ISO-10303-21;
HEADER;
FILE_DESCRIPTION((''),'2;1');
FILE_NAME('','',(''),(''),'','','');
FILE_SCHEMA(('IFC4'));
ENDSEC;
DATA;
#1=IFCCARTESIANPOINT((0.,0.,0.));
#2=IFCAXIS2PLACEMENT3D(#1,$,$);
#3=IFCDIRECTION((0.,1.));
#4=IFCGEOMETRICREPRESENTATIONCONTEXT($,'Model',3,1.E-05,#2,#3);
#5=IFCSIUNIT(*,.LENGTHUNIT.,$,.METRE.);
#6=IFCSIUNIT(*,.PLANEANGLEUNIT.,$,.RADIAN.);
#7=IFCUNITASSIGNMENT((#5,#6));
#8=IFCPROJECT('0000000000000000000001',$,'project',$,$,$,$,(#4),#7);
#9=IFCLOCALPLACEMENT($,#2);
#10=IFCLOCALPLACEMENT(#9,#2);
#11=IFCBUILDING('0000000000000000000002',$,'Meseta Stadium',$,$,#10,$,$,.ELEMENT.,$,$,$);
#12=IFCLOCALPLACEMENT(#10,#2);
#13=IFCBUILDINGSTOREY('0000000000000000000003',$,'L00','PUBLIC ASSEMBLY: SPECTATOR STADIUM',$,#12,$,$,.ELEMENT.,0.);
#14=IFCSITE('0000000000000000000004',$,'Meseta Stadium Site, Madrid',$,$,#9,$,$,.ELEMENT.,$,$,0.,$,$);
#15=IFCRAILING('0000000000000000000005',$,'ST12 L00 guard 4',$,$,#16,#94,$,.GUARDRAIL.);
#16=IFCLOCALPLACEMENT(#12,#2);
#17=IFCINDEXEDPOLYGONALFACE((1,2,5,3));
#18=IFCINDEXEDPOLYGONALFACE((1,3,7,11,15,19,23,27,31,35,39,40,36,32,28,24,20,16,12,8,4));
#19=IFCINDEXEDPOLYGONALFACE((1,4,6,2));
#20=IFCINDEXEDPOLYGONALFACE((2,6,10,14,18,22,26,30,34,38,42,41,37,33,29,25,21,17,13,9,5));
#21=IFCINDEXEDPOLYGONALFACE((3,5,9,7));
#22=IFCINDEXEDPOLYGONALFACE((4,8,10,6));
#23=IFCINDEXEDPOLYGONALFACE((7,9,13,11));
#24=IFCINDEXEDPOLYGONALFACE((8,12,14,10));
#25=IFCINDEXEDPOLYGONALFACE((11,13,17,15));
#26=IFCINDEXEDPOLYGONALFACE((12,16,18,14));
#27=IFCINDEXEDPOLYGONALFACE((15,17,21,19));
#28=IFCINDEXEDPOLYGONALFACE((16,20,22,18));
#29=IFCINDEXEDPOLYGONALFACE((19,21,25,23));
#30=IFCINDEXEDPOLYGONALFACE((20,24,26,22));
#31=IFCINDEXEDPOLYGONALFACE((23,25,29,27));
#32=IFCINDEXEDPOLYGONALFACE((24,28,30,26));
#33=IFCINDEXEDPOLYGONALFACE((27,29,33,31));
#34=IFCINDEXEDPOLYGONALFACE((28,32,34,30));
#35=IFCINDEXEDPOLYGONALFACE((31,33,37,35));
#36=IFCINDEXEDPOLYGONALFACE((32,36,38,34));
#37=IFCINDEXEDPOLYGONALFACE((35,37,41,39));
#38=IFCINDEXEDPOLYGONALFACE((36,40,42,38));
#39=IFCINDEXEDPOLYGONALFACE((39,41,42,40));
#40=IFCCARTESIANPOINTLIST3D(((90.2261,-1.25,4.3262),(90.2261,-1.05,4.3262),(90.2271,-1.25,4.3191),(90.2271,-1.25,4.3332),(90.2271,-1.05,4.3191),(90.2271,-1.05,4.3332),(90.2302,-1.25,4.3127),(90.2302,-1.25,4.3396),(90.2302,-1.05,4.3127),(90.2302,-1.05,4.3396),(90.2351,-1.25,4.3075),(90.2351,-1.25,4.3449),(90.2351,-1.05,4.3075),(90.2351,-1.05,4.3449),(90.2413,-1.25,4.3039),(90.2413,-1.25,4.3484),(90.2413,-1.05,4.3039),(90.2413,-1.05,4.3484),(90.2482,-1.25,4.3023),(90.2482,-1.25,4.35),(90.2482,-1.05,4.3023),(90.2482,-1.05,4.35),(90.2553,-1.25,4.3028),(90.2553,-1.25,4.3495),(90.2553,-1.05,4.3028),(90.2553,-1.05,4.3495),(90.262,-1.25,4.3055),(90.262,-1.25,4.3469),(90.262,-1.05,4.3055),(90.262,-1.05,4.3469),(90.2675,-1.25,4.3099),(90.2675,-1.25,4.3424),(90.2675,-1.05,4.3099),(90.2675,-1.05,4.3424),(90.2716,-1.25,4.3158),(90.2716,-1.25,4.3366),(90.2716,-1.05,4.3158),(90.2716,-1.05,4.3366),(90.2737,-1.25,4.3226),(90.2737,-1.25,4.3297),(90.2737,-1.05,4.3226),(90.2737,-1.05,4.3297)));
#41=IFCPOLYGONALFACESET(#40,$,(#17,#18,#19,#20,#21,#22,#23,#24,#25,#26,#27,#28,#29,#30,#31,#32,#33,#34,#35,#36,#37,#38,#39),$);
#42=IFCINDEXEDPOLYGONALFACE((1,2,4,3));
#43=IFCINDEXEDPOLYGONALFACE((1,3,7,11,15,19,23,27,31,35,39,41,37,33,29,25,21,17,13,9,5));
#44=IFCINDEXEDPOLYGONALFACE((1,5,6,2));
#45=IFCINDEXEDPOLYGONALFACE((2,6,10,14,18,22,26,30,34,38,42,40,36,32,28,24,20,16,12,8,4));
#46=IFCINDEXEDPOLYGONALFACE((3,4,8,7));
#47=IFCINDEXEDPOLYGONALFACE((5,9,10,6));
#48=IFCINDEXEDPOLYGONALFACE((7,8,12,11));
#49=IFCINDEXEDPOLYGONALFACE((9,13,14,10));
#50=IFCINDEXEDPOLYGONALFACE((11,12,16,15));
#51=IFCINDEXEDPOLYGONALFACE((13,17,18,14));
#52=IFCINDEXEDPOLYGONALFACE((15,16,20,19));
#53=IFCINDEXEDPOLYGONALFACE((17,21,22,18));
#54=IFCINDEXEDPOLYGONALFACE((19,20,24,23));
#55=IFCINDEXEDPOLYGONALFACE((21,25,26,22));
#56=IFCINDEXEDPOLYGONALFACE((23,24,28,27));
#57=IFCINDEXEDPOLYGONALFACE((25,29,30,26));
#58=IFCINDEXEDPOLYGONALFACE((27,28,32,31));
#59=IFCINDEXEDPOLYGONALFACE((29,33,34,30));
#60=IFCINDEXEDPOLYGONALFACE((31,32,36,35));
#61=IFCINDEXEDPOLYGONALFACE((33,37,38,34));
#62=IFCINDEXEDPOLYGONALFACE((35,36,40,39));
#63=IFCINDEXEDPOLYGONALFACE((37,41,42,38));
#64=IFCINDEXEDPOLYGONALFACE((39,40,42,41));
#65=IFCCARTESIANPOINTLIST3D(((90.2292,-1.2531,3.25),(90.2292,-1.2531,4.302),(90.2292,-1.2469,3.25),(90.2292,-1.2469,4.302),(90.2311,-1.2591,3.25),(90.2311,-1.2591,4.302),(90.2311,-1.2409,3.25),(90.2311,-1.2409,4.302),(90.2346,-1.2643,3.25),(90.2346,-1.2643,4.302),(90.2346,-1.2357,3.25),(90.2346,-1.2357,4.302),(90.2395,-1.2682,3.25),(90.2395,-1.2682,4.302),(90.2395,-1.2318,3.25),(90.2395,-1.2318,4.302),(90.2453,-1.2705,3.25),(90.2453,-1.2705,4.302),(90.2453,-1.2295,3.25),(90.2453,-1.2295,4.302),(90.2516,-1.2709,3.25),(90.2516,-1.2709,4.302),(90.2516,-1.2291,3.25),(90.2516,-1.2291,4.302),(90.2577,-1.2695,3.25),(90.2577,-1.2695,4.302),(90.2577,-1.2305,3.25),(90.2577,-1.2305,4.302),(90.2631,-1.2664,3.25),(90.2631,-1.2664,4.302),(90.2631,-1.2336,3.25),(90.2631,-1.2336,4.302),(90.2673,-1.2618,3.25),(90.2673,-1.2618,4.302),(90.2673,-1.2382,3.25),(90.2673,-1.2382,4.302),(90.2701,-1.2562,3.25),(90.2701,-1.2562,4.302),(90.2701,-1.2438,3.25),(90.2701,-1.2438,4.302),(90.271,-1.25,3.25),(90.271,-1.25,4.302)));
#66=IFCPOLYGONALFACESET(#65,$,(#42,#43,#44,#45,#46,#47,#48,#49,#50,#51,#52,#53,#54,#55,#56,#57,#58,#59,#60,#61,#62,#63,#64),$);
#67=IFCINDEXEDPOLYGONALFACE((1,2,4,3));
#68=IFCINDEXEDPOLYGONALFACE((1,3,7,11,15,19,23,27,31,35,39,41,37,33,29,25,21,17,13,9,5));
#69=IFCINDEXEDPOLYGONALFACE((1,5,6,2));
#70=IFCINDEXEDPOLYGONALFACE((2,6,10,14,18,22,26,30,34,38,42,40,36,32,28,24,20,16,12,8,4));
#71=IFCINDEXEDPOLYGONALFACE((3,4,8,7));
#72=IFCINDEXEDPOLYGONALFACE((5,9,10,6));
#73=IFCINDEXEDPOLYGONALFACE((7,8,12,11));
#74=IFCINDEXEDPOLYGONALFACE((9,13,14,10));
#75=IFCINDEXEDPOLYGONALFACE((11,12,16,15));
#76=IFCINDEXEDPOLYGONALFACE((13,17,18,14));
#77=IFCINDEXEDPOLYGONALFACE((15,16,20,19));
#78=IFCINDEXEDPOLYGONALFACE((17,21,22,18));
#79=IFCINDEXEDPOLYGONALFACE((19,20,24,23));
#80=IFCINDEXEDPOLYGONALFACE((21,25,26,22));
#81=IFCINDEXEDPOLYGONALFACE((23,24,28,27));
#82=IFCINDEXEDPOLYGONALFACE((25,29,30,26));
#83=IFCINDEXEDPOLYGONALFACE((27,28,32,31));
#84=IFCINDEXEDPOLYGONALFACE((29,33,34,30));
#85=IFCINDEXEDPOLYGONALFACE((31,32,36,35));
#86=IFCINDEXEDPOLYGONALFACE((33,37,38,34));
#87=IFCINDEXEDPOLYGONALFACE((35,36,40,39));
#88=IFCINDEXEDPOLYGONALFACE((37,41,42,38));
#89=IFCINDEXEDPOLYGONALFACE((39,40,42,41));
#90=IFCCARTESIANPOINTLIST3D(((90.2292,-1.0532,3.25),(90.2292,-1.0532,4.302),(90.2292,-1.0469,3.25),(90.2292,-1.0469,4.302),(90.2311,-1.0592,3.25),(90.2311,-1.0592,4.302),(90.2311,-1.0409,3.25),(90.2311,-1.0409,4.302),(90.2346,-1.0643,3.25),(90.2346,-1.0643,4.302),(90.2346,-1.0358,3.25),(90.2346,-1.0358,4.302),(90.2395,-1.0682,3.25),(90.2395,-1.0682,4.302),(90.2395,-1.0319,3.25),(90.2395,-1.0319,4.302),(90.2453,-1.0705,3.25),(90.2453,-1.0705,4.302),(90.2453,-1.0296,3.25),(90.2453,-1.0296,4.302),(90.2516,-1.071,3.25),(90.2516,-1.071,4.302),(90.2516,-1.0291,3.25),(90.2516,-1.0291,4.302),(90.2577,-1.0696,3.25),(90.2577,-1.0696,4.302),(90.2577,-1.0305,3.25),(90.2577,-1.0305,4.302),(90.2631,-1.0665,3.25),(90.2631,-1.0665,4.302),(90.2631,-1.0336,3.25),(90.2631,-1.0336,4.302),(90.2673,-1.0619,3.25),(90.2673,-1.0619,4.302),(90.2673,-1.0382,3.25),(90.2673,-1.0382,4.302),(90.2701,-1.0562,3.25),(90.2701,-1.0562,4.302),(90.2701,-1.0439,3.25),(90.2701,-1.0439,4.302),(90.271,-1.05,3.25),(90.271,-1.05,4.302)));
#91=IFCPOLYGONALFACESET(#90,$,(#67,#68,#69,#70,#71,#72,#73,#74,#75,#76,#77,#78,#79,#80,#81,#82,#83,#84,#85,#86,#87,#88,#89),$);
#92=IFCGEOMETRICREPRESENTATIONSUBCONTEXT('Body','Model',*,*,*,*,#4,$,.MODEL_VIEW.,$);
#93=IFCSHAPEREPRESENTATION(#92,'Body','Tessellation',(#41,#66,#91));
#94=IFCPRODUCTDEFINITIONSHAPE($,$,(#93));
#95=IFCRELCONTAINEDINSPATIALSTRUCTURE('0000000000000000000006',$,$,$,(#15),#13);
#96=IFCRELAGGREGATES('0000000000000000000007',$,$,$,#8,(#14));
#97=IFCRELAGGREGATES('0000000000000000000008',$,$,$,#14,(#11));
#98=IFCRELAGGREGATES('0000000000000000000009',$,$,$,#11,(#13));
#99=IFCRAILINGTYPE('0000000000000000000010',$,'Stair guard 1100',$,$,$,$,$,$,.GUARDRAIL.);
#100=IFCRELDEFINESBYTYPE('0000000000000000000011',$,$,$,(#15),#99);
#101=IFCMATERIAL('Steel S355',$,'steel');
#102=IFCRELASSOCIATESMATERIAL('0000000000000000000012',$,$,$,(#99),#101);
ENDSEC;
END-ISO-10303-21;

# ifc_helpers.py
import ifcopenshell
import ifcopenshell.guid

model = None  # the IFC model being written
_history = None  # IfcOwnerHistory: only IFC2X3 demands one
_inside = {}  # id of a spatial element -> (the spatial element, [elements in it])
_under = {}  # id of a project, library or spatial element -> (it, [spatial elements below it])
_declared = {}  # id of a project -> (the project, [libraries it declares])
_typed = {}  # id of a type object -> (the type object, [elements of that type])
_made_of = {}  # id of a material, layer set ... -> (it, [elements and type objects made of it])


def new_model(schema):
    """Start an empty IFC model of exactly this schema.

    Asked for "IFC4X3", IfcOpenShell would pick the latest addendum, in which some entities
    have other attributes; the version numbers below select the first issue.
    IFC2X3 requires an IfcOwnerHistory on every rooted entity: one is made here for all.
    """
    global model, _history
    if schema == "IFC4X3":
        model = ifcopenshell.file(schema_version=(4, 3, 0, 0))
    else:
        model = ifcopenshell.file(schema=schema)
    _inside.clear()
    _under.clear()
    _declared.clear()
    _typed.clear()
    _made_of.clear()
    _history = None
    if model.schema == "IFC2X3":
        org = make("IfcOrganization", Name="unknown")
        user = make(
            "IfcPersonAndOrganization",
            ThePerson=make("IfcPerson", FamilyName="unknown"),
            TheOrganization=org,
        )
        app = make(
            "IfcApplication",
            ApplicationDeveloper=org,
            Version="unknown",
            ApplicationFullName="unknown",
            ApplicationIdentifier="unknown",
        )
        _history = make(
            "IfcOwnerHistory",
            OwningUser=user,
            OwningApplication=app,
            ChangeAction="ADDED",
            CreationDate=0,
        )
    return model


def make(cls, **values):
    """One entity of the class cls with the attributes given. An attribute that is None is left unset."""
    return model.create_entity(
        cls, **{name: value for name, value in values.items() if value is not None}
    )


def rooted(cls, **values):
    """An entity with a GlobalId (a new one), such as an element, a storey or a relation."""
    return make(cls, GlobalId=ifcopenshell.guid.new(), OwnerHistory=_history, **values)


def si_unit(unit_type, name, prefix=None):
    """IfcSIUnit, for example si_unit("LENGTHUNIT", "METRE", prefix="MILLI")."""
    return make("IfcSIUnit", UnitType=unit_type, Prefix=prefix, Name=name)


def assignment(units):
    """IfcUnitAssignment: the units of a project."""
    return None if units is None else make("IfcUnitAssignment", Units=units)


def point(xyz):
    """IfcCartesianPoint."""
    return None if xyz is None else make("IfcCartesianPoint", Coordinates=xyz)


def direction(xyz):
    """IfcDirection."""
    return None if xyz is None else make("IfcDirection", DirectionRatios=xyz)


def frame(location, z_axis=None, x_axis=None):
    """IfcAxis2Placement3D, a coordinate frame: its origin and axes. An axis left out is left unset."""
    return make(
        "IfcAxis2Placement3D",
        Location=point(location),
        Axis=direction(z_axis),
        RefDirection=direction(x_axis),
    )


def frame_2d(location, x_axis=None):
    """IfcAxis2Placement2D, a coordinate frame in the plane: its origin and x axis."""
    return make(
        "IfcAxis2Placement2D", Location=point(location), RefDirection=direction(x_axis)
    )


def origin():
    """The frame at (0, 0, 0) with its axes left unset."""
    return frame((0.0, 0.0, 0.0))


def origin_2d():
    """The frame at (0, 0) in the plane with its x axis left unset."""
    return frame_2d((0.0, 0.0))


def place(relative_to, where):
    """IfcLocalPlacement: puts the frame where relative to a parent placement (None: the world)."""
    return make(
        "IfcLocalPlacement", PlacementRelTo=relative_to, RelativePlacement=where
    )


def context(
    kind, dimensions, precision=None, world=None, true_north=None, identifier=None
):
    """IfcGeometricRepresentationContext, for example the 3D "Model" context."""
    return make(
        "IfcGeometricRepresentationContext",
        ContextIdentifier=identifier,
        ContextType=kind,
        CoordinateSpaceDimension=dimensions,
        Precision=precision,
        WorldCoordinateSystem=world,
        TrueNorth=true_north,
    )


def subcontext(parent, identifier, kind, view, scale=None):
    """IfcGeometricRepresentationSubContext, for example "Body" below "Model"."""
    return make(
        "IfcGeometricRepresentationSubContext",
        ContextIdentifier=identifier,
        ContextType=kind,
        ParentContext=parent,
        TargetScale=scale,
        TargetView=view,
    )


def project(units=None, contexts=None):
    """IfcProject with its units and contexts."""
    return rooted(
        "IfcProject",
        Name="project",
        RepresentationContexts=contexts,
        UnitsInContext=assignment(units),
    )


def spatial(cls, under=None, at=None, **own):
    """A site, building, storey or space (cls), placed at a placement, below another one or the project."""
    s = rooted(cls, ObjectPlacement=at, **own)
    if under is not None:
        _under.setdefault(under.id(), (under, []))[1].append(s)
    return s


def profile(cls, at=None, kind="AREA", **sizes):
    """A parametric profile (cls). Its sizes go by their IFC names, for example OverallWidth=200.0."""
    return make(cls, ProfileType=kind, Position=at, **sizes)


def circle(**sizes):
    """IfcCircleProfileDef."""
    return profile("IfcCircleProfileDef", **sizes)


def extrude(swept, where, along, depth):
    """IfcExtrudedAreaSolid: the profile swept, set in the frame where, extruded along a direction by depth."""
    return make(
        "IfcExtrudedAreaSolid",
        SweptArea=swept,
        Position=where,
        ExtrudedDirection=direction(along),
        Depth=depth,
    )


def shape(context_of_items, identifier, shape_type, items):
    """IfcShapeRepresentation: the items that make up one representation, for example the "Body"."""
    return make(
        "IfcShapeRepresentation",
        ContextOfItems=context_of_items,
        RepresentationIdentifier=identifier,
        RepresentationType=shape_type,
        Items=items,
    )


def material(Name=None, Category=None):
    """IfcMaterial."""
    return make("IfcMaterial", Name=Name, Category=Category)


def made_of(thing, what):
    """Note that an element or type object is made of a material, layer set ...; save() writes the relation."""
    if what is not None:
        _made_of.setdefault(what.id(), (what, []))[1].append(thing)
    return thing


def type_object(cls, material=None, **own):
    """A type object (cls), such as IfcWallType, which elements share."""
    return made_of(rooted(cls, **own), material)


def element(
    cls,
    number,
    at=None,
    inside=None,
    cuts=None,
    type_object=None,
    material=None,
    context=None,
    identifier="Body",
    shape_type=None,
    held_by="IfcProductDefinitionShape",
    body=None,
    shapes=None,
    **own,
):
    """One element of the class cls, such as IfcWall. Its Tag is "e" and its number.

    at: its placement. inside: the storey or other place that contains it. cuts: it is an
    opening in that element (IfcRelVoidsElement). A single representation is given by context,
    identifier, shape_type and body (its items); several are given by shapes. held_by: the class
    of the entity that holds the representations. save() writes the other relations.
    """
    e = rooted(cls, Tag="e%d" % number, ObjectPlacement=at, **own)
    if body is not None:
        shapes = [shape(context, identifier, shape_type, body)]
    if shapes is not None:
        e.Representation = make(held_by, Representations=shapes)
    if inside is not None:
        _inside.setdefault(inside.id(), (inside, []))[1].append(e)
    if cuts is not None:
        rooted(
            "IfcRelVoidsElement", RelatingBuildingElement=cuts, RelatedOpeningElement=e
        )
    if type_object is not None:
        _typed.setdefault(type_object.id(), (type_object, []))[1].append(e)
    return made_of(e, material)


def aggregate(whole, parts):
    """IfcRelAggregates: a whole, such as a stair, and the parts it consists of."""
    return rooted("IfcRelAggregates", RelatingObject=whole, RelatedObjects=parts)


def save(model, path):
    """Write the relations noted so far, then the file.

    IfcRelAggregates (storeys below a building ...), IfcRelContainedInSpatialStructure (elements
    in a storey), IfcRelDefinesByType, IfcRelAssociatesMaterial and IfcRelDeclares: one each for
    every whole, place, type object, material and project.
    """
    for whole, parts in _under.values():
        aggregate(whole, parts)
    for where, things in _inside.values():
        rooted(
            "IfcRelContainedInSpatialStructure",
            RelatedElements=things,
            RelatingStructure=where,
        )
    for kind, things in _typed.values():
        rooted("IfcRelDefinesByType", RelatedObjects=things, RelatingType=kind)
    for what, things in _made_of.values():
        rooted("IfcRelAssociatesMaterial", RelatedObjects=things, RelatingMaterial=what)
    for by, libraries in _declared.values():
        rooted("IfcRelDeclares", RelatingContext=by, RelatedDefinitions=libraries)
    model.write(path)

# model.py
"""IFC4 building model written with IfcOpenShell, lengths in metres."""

from ifc_helpers import new_model, si_unit, direction, frame, origin, origin_2d, place, context, subcontext, project, spatial, circle, extrude, material, type_object, element, save


model = new_model("IFC4")

# Units and contexts
model_context = context("Model", 3, precision=1e-05, world=origin(), true_north=direction((0.0, 1.0)))
body_context = subcontext(model_context, "Body", "Model", "MODEL_VIEW")
ifc_project = project(units=[si_unit("LENGTHUNIT", "METRE"), si_unit("PLANEANGLEUNIT", "RADIAN")], contexts=[model_context])

# Site, building, storey
site_placement = place(None, origin())
site = spatial("IfcSite", under=ifc_project, at=site_placement, Name="Meseta Stadium Site, Madrid", CompositionType="ELEMENT", RefElevation=0.0)
building_placement = place(site_placement, origin())
building = spatial("IfcBuilding", under=site, at=building_placement, Name="Meseta Stadium", CompositionType="ELEMENT")
storey_placement = place(building_placement, origin())
storey = spatial("IfcBuildingStorey", under=building, at=storey_placement, Name="L00", Description="PUBLIC ASSEMBLY: SPECTATOR STADIUM", CompositionType="ELEMENT", Elevation=0.0)

# Railing
ifc_material_1 = material(Name="Steel S355", Category="steel")
railing_type_1 = type_object("IfcRailingType", Name="Stair guard 1100", PredefinedType="GUARDRAIL", material=ifc_material_1)
railing_1_placement = place(storey_placement, frame((90.25, -1.25, 3.25)))
element("IfcRailing", 1, at=railing_1_placement, inside=storey, type_object=railing_type_1, Name="ST12 L00 guard 4", PredefinedType="GUARDRAIL", context=body_context, shape_type="SweptSolid", body=[
    extrude(circle(Radius=0.0239, at=origin_2d()), frame((0.0, 0.0, 1.0762), z_axis=(0.0, 1.0, 0.0), x_axis=(-1.0, 0.0, 0.0)), (0.0, 0.0, 1.0), 0.2),
    extrude(circle(Radius=0.021, at=origin_2d()), origin(), (0.0, 0.0, 1.0), 1.052),
    extrude(circle(Radius=0.021, at=origin_2d()), frame((0.0, 0.2, 0.0)), (0.0, 0.0, 1.0), 1.052),
])

save(model, "model.ifc")
